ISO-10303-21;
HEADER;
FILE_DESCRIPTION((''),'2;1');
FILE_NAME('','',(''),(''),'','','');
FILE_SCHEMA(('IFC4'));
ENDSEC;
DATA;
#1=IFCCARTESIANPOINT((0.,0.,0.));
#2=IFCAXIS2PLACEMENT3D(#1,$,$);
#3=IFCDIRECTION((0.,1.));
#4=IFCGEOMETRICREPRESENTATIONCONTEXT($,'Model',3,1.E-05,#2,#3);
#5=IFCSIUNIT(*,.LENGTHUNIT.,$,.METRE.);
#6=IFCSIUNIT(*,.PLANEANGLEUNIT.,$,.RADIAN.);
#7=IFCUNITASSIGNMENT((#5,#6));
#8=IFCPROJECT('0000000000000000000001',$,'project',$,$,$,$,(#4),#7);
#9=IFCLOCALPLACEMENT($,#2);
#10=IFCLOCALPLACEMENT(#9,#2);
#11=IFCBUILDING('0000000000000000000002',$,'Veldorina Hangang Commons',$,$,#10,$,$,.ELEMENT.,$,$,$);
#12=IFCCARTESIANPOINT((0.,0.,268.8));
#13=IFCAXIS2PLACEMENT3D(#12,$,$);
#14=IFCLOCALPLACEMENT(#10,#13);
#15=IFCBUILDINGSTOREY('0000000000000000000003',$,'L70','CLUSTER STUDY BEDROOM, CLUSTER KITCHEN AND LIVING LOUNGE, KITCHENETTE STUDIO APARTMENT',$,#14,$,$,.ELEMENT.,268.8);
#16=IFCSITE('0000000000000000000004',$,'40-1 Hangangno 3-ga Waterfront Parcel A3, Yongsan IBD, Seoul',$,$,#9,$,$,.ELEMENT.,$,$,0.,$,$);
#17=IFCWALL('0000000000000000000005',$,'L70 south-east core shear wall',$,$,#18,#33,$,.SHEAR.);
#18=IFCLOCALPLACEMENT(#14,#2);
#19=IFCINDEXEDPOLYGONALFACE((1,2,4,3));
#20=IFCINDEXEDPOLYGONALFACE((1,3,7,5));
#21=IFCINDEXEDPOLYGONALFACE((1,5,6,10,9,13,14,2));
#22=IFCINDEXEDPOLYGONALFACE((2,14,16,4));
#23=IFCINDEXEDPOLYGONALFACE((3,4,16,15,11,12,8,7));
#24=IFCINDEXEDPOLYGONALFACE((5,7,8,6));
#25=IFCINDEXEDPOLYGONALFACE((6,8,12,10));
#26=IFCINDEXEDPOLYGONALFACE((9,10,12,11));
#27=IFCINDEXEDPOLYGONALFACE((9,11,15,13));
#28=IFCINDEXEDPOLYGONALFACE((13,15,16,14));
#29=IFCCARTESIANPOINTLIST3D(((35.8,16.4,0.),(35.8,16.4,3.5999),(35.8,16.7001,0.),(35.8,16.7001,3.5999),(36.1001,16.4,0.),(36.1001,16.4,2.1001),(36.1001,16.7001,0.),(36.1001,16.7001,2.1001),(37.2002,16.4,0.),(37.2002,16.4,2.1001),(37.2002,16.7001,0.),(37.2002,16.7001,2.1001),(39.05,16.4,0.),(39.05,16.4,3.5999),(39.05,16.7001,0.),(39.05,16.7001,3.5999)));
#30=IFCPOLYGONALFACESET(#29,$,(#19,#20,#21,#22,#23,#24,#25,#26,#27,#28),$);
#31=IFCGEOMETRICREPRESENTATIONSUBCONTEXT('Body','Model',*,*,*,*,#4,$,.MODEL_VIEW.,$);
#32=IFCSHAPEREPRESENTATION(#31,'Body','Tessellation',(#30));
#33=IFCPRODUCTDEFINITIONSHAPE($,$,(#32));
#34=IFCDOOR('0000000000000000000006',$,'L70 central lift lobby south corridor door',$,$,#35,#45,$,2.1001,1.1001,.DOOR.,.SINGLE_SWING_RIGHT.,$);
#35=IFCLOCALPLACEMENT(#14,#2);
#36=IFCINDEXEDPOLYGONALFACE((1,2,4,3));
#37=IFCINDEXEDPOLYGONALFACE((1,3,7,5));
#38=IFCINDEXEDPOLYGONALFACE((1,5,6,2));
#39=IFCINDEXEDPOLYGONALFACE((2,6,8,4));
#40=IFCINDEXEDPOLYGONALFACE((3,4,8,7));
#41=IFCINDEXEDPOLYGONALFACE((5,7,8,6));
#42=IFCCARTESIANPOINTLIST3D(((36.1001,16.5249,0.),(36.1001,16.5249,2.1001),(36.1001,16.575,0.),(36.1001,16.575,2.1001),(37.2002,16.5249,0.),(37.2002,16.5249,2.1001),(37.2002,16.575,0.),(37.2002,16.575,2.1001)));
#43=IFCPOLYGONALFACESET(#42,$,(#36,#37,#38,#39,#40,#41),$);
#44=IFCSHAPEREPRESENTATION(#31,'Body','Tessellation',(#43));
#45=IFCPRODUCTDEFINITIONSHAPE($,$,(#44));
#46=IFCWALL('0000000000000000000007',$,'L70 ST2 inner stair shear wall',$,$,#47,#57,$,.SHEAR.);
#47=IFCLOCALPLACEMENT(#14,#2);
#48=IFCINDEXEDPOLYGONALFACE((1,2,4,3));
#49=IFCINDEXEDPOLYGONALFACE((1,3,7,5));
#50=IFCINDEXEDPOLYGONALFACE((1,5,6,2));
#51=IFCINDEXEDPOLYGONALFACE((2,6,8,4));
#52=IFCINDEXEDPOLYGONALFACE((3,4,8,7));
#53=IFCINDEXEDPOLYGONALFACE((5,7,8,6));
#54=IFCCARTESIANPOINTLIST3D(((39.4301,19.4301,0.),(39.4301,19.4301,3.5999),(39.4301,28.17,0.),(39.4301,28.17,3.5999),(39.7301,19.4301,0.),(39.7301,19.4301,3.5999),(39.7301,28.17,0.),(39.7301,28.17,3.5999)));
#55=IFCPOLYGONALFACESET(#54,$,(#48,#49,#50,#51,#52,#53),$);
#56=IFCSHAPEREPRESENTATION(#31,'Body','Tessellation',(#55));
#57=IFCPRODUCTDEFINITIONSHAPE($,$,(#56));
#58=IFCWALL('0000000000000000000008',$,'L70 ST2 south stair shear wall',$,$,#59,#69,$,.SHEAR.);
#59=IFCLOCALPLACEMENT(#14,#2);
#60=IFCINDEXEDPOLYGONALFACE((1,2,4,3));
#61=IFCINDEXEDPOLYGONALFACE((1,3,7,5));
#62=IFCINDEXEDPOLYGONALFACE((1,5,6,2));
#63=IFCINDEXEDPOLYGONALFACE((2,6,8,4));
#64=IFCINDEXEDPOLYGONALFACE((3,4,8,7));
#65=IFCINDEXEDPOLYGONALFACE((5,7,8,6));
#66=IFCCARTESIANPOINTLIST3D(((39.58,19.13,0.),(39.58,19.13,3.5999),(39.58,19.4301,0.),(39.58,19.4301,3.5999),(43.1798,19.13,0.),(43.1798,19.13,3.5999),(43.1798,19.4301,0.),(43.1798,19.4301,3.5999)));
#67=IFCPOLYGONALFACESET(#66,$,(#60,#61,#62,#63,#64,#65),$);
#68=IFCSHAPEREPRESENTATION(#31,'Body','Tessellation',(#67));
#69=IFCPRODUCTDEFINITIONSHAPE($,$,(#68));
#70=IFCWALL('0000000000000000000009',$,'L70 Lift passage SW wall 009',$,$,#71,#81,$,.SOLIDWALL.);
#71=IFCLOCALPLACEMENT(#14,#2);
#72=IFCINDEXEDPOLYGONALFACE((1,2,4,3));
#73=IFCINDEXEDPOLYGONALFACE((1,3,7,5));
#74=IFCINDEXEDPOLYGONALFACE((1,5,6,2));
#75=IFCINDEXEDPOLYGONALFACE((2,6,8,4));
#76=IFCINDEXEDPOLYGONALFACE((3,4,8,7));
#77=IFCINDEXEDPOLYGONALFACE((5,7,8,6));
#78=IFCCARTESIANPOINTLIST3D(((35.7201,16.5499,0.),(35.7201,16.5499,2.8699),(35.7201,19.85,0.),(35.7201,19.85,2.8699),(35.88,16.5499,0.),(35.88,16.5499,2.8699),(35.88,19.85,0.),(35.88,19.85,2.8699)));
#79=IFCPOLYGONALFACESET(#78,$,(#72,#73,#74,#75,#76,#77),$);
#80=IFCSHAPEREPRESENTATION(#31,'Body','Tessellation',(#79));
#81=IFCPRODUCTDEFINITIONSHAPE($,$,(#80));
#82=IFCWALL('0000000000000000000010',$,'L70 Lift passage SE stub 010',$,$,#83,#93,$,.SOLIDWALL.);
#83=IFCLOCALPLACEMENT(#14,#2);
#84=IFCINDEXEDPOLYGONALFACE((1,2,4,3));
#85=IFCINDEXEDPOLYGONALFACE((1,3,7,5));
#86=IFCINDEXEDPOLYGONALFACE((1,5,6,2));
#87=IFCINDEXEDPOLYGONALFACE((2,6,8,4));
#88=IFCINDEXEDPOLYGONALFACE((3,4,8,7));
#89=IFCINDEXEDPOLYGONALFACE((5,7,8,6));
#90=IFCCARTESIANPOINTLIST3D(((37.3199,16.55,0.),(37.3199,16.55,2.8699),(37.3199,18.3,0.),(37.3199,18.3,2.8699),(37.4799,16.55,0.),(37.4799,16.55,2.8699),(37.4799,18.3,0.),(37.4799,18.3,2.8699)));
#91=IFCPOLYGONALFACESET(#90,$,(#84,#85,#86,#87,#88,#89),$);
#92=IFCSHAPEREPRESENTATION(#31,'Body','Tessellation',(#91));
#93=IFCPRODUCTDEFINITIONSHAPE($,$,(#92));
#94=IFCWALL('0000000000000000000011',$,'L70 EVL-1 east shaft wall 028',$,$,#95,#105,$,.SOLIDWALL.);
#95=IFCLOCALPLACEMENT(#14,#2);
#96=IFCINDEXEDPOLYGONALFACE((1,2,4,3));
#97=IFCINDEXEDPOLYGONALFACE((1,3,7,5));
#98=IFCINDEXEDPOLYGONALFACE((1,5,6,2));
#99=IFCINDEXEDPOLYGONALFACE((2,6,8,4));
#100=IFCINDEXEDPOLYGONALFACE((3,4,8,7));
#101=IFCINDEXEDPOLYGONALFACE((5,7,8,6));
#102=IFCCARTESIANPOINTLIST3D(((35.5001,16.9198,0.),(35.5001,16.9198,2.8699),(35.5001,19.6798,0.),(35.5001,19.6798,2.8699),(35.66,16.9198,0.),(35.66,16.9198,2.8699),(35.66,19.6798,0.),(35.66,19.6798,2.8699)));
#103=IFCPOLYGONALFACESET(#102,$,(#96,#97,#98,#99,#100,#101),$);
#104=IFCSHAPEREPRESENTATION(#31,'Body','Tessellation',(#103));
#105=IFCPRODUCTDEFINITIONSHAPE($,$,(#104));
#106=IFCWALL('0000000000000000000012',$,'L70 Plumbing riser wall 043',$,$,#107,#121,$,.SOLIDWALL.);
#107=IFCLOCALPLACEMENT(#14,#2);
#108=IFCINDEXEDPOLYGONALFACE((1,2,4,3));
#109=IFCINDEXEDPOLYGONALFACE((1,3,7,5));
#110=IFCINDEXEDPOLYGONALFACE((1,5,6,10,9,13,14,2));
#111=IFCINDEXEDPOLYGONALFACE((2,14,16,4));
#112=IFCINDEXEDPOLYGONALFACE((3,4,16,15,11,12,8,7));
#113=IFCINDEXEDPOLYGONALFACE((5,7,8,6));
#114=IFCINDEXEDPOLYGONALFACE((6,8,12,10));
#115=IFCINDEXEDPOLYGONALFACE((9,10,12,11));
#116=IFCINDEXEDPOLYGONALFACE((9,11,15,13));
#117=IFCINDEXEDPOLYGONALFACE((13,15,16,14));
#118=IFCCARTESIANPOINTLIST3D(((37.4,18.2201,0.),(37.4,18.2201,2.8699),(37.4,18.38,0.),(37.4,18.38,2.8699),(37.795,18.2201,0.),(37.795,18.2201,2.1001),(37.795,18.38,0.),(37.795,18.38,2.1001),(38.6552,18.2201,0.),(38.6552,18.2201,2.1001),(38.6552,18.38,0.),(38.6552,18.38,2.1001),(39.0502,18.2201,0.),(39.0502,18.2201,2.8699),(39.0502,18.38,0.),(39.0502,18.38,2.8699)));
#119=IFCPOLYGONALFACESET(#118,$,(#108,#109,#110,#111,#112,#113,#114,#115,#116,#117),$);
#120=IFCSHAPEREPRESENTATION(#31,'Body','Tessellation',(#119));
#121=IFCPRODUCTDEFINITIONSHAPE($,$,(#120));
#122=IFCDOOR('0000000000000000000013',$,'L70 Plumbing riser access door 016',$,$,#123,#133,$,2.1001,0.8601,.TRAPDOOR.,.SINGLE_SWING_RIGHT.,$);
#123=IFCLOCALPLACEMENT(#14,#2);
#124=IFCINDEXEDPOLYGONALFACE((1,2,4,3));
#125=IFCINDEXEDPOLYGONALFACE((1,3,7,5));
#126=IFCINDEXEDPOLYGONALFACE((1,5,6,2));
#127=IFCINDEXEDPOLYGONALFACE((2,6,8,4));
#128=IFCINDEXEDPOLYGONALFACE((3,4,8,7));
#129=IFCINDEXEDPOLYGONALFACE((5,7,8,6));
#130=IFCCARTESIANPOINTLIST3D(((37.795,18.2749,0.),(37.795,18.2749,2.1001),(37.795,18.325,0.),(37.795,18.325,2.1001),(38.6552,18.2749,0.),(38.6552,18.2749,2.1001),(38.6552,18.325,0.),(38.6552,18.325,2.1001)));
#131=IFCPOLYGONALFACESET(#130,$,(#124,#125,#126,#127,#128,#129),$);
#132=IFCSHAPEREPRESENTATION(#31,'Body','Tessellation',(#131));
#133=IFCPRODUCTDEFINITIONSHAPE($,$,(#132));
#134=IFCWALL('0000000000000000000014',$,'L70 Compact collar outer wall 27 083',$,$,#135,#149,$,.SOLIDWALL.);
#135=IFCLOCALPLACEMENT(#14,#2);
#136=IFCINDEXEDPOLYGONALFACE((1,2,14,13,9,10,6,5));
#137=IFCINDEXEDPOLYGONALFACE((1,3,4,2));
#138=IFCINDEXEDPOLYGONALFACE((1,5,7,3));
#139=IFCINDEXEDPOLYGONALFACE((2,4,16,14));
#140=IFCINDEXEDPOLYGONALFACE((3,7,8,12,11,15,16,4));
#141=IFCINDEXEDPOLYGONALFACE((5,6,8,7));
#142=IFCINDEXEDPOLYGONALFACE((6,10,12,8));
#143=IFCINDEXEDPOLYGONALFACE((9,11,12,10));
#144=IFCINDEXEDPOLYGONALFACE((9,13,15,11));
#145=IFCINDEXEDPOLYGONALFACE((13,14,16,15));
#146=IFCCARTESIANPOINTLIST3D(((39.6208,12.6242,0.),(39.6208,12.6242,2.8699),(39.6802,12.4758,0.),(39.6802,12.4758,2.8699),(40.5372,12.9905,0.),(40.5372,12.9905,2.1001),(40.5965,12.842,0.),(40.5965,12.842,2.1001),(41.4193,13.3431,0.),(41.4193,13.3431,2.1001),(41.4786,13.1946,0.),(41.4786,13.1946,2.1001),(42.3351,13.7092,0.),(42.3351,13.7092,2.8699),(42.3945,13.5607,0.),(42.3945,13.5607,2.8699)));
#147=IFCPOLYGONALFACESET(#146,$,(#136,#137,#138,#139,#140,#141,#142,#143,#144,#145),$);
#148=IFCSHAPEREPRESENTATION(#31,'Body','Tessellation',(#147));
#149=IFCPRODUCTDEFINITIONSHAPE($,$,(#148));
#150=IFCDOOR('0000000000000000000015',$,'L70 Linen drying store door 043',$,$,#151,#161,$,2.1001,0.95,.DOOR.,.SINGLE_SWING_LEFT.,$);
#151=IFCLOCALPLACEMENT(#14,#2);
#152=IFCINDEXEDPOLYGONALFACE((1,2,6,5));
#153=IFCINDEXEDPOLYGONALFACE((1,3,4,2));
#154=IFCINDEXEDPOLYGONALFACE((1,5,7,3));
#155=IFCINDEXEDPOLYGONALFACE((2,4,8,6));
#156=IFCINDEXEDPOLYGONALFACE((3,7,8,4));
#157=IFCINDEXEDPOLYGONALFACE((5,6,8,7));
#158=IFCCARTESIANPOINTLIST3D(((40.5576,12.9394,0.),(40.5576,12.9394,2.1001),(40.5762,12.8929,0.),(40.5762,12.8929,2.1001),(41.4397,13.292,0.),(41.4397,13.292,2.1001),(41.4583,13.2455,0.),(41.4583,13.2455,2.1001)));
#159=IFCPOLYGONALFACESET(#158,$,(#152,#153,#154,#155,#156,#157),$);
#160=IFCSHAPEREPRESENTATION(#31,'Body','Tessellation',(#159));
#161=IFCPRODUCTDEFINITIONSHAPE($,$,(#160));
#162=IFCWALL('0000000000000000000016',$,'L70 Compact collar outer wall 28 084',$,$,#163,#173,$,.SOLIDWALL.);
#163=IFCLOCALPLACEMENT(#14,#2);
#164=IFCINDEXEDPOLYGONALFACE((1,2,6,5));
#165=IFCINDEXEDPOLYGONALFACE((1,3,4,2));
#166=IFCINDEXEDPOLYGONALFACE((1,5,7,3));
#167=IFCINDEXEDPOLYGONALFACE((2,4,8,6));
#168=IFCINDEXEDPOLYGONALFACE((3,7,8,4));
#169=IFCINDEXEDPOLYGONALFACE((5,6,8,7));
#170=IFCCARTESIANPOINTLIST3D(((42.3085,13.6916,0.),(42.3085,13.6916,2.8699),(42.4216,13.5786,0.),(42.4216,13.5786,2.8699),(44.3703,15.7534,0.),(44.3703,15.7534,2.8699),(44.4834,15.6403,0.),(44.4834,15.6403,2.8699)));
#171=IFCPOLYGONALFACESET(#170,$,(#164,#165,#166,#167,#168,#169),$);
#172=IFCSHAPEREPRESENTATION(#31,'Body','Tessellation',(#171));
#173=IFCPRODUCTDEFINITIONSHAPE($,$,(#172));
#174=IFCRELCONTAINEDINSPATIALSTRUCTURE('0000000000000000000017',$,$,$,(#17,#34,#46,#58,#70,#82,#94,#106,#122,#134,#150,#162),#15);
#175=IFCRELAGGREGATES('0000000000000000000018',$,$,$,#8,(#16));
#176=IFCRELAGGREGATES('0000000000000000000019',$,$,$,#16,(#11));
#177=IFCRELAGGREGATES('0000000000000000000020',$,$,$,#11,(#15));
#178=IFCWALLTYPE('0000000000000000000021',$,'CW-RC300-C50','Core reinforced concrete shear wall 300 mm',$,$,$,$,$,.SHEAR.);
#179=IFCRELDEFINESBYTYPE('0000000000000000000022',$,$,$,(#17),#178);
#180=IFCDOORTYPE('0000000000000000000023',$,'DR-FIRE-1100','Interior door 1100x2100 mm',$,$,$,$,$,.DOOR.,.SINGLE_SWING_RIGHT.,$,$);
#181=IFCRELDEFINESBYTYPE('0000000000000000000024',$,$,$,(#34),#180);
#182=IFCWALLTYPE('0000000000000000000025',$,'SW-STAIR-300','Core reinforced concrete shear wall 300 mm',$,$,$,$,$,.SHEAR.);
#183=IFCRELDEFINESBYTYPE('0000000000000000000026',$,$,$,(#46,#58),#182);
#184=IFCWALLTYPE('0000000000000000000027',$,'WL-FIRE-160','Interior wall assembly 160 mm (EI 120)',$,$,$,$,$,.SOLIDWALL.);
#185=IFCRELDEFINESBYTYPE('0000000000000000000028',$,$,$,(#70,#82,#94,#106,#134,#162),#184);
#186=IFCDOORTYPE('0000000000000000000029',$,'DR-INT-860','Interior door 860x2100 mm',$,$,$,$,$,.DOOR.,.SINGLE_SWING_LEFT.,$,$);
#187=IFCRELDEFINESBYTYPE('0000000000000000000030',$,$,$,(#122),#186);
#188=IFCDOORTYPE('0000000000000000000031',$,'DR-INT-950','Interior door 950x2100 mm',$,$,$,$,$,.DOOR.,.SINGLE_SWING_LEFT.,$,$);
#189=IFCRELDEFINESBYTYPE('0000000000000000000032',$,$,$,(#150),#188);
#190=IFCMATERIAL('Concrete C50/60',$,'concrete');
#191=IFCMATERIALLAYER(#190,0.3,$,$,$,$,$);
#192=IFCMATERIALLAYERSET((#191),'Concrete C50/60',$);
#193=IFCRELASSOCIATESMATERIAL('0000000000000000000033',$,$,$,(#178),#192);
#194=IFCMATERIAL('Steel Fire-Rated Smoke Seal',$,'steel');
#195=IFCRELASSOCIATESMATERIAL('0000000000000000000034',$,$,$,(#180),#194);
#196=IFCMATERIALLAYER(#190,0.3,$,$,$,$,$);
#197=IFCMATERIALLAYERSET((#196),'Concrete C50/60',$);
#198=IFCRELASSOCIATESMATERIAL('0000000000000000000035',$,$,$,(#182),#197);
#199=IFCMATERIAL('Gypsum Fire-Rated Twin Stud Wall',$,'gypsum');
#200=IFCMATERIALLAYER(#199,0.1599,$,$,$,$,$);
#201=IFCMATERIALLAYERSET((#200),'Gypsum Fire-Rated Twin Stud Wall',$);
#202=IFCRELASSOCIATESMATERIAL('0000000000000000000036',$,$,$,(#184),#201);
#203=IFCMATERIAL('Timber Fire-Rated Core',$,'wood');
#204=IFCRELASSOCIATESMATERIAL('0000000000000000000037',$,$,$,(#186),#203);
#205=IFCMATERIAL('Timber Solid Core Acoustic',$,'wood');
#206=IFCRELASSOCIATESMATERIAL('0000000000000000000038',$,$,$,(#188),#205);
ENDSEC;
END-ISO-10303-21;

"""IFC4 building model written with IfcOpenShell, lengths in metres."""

from ifc_helpers import new_model, si_unit, direction, frame, frame_2d, origin, place, context, subcontext, project, spatial, rectangle, extrude, material, layer, layer_set, type_object, element, fill, save


model = new_model("IFC4")

# Units and contexts
model_context = context("Model", 3, precision=1e-05, world=origin(), true_north=direction((0.0, 1.0)))
body_context = subcontext(model_context, "Body", "Model", "MODEL_VIEW")
ifc_project = project(units=[si_unit("LENGTHUNIT", "METRE"), si_unit("PLANEANGLEUNIT", "RADIAN")], contexts=[model_context])

# Site, building, storey
site_placement = place(None, origin())
site = spatial("IfcSite", under=ifc_project, at=site_placement, Name="40-1 Hangangno 3-ga Waterfront Parcel A3, Yongsan IBD, Seoul", CompositionType="ELEMENT", RefElevation=0.0)
building_placement = place(site_placement, origin())
building = spatial("IfcBuilding", under=site, at=building_placement, Name="Veldorina Hangang Commons", CompositionType="ELEMENT")
storey_placement = place(building_placement, frame((0.0, 0.0, 268.8)))
storey = spatial("IfcBuildingStorey", under=building, at=storey_placement, Name="L70", Description="CLUSTER STUDY BEDROOM, CLUSTER KITCHEN AND LIVING LOUNGE, KITCHENETTE STUDIO APARTMENT", CompositionType="ELEMENT", Elevation=268.8)

# Shared definitions
ifc_material_1 = material(Name="Concrete C50/60", Category="concrete")

# Shared definitions
ifc_layer_1 = layer(ifc_material_1, 0.3)
ifc_layer_set_1 = layer_set([ifc_layer_1], Name="Concrete C50/60")
wall_type_1 = type_object("IfcWallType", Name="CW-RC300-C50", Description="Core reinforced concrete shear wall 300 mm", PredefinedType="SHEAR", material=ifc_layer_set_1)

# Wall, opening, door
wall_1_placement = place(storey_placement, frame((35.8, 16.55, 0.0), z_axis=(0.0, 0.0, 1.0), x_axis=(1.0, 0.0, 0.0)))
wall_1 = element("IfcWall", 1, at=wall_1_placement, inside=storey, type_object=wall_type_1, Name="L70 south-east core shear wall", PredefinedType="SHEAR", context=body_context, shape_type="SweptSolid", body=[
    extrude(rectangle(XDim=3.25, YDim=0.3, at=frame_2d((1.625, 0.0))), origin(), (0.0, 0.0, 1.0), 3.5999),
])
opening_1_placement = place(wall_1_placement, frame((0.3, 0.0, 0.0)))
opening_1 = element("IfcOpeningElement", 2, at=opening_1_placement, cuts=wall_1, PredefinedType="OPENING", context=body_context, shape_type="SweptSolid", body=[
    extrude(rectangle(XDim=1.1001, YDim=2.1001, at=frame_2d((0.55, 1.05))), frame((0.0, 0.1602, 0.0), z_axis=(0.0, -1.0, 0.0), x_axis=(1.0, 0.0, 0.0)), (0.0, 0.0, 1.0), 0.3201),
])
ifc_material_2 = material(Name="Steel Fire-Rated Smoke Seal", Category="steel")
door_type_1 = type_object("IfcDoorType", Name="DR-FIRE-1100", Description="Interior door 1100x2100 mm", OperationType="SINGLE_SWING_RIGHT", PredefinedType="DOOR", material=ifc_material_2)
door_1_placement = place(opening_1_placement, origin())
door_1 = element("IfcDoor", 3, at=door_1_placement, inside=storey, type_object=door_type_1, Name="L70 central lift lobby south corridor door", OperationType="SINGLE_SWING_RIGHT", OverallHeight=2.1001, OverallWidth=1.1001, PredefinedType="DOOR", context=body_context, shape_type="SweptSolid", body=[
    extrude(rectangle(XDim=1.1001, YDim=2.1001, at=frame_2d((0.55, 1.05))), frame((0.0, 0.0249, 0.0), z_axis=(0.0, -1.0, 0.0), x_axis=(1.0, 0.0, 0.0)), (0.0, 0.0, 1.0), 0.05),
])
fill(opening_1, door_1)

# Walls
ifc_layer_2 = layer(ifc_material_1, 0.3)
ifc_layer_set_2 = layer_set([ifc_layer_2], Name="Concrete C50/60")
wall_type_2 = type_object("IfcWallType", Name="SW-STAIR-300", Description="Core reinforced concrete shear wall 300 mm", PredefinedType="SHEAR", material=ifc_layer_set_2)
wall_2_placement = place(storey_placement, frame((39.5801, 19.4299, 0.0), z_axis=(0.0, 0.0, 1.0), x_axis=(0.0, 1.0, 0.0)))
element("IfcWall", 4, at=wall_2_placement, inside=storey, type_object=wall_type_2, Name="L70 ST2 inner stair shear wall", PredefinedType="SHEAR", context=body_context, shape_type="SweptSolid", body=[
    extrude(rectangle(XDim=8.74, YDim=0.3, at=frame_2d((4.3701, 0.0))), origin(), (0.0, 0.0, 1.0), 3.5999),
])
wall_3_placement = place(storey_placement, frame((39.5801, 19.28, 0.0), z_axis=(0.0, 0.0, 1.0), x_axis=(1.0, 0.0, 0.0)))
element("IfcWall", 5, at=wall_3_placement, inside=storey, type_object=wall_type_2, Name="L70 ST2 south stair shear wall", PredefinedType="SHEAR", context=body_context, shape_type="SweptSolid", body=[
    extrude(rectangle(XDim=3.5999, YDim=0.3, at=frame_2d((1.7998, 0.0))), origin(), (0.0, 0.0, 1.0), 3.5999),
])
ifc_material_3 = material(Name="Gypsum Fire-Rated Twin Stud Wall", Category="gypsum")
ifc_layer_3 = layer(ifc_material_3, 0.1599)
ifc_layer_set_3 = layer_set([ifc_layer_3], Name="Gypsum Fire-Rated Twin Stud Wall")
wall_type_3 = type_object("IfcWallType", Name="WL-FIRE-160", Description="Interior wall assembly 160 mm (EI 120)", PredefinedType="SOLIDWALL", material=ifc_layer_set_3)
wall_4_placement = place(storey_placement, frame((35.8, 16.55, 0.0), z_axis=(0.0, 0.0, 1.0), x_axis=(0.0, 1.0, 0.0)))
element("IfcWall", 6, at=wall_4_placement, inside=storey, type_object=wall_type_3, Name="L70 Lift passage SW wall 009", PredefinedType="SOLIDWALL", context=body_context, shape_type="SweptSolid", body=[
    extrude(rectangle(XDim=3.3, YDim=0.1599, at=frame_2d((1.6499, 0.0))), origin(), (0.0, 0.0, 1.0), 2.8699),
])
wall_5_placement = place(storey_placement, frame((37.3999, 16.55, 0.0), z_axis=(0.0, 0.0, 1.0), x_axis=(0.0, 1.0, 0.0)))
element("IfcWall", 7, at=wall_5_placement, inside=storey, type_object=wall_type_3, Name="L70 Lift passage SE stub 010", PredefinedType="SOLIDWALL", context=body_context, shape_type="SweptSolid", body=[
    extrude(rectangle(XDim=1.75, YDim=0.1599, at=frame_2d((0.875, 0.0))), origin(), (0.0, 0.0, 1.0), 2.8699),
])
wall_6_placement = place(storey_placement, frame((35.5801, 16.9199, 0.0), z_axis=(0.0, 0.0, 1.0), x_axis=(0.0, 1.0, 0.0)))
element("IfcWall", 8, at=wall_6_placement, inside=storey, type_object=wall_type_3, Name="L70 EVL-1 east shaft wall 028", PredefinedType="SOLIDWALL", context=body_context, shape_type="SweptSolid", body=[
    extrude(rectangle(XDim=2.76, YDim=0.1599, at=frame_2d((1.3799, 0.0))), origin(), (0.0, 0.0, 1.0), 2.8699),
])

# Walls, openings, doors
wall_7_placement = place(storey_placement, frame((37.3999, 18.3, 0.0), z_axis=(0.0, 0.0, 1.0), x_axis=(1.0, 0.0, 0.0)))
wall_7 = element("IfcWall", 9, at=wall_7_placement, inside=storey, type_object=wall_type_3, Name="L70 Plumbing riser wall 043", PredefinedType="SOLIDWALL", context=body_context, shape_type="SweptSolid", body=[
    extrude(rectangle(XDim=1.6501, YDim=0.1599, at=frame_2d((0.8252, 0.0))), origin(), (0.0, 0.0, 1.0), 2.8699),
])
opening_2_placement = place(wall_7_placement, frame((0.395, 0.0, 0.0)))
opening_2 = element("IfcOpeningElement", 10, at=opening_2_placement, cuts=wall_7, PredefinedType="OPENING", context=body_context, shape_type="SweptSolid", body=[
    extrude(rectangle(XDim=0.8601, YDim=2.1001, at=frame_2d((0.4302, 1.05))), frame((0.0, 0.0898, 0.0), z_axis=(0.0, -1.0, 0.0), x_axis=(1.0, 0.0, 0.0)), (0.0, 0.0, 1.0), 0.1799),
])
ifc_material_4 = material(Name="Timber Fire-Rated Core", Category="wood")
door_type_2 = type_object("IfcDoorType", Name="DR-INT-860", Description="Interior door 860x2100 mm", OperationType="SINGLE_SWING_LEFT", PredefinedType="DOOR", material=ifc_material_4)
door_2_placement = place(opening_2_placement, origin())
door_2 = element("IfcDoor", 11, at=door_2_placement, inside=storey, type_object=door_type_2, Name="L70 Plumbing riser access door 016", OperationType="SINGLE_SWING_RIGHT", OverallHeight=2.1001, OverallWidth=0.8601, PredefinedType="TRAPDOOR", context=body_context, shape_type="SweptSolid", body=[
    extrude(rectangle(XDim=0.8601, YDim=2.1001, at=frame_2d((0.4302, 1.05))), frame((0.0, 0.0249, 0.0), z_axis=(0.0, -1.0, 0.0), x_axis=(1.0, 0.0, 0.0)), (0.0, 0.0, 1.0), 0.05),
])
fill(opening_2, door_2)
wall_8_placement = place(storey_placement, frame((39.6506, 12.55, 0.0), z_axis=(0.0, 0.0, 1.0), x_axis=(0.928569, 0.37116, 0.0)))
wall_8 = element("IfcWall", 12, at=wall_8_placement, inside=storey, type_object=wall_type_3, Name="L70 Compact collar outer wall 27 083", PredefinedType="SOLIDWALL", context=body_context, shape_type="SweptSolid", body=[
    extrude(rectangle(XDim=2.9231, YDim=0.1599, at=frame_2d((1.4614, 0.0))), origin(), (0.0, 0.0, 1.0), 2.8699),
])
opening_3_placement = place(wall_8_placement, frame((0.9866, 0.0, 0.0)))
opening_3 = element("IfcOpeningElement", 13, at=opening_3_placement, cuts=wall_8, PredefinedType="OPENING", context=body_context, shape_type="SweptSolid", body=[
    extrude(rectangle(XDim=0.95, YDim=2.1001, at=frame_2d((0.4751, 1.05))), frame((0.0, 0.0898, 0.0), z_axis=(0.0, -1.0, 0.0), x_axis=(1.0, 0.0, 0.0)), (0.0, 0.0, 1.0), 0.1799),
])
ifc_material_5 = material(Name="Timber Solid Core Acoustic", Category="wood")
door_type_3 = type_object("IfcDoorType", Name="DR-INT-950", Description="Interior door 950x2100 mm", OperationType="SINGLE_SWING_LEFT", PredefinedType="DOOR", material=ifc_material_5)
door_3_placement = place(opening_3_placement, origin())
door_3 = element("IfcDoor", 14, at=door_3_placement, inside=storey, type_object=door_type_3, Name="L70 Linen drying store door 043", OperationType="SINGLE_SWING_LEFT", OverallHeight=2.1001, OverallWidth=0.95, PredefinedType="DOOR", context=body_context, shape_type="SweptSolid", body=[
    extrude(rectangle(XDim=0.95, YDim=2.1001, at=frame_2d((0.4751, 1.05))), frame((0.0, 0.0249, 0.0), z_axis=(0.0, -1.0, 0.0), x_axis=(1.0, 0.0, 0.0)), (0.0, 0.0, 1.0), 0.05),
])
fill(opening_3, door_3)

# Wall
wall_9_placement = place(storey_placement, frame((42.365, 13.635, 0.0), z_axis=(0.0, 0.0, 1.0), x_axis=(0.707107, 0.707107, 0.0)))
element("IfcWall", 15, at=wall_9_placement, inside=storey, type_object=wall_type_3, Name="L70 Compact collar outer wall 28 084", PredefinedType="SOLIDWALL", context=body_context, shape_type="SweptSolid", body=[
    extrude(rectangle(XDim=2.9158, YDim=0.1599, at=frame_2d((1.458, 0.0))), origin(), (0.0, 0.0, 1.0), 2.8699),
])

save(model, "model.ifc")
